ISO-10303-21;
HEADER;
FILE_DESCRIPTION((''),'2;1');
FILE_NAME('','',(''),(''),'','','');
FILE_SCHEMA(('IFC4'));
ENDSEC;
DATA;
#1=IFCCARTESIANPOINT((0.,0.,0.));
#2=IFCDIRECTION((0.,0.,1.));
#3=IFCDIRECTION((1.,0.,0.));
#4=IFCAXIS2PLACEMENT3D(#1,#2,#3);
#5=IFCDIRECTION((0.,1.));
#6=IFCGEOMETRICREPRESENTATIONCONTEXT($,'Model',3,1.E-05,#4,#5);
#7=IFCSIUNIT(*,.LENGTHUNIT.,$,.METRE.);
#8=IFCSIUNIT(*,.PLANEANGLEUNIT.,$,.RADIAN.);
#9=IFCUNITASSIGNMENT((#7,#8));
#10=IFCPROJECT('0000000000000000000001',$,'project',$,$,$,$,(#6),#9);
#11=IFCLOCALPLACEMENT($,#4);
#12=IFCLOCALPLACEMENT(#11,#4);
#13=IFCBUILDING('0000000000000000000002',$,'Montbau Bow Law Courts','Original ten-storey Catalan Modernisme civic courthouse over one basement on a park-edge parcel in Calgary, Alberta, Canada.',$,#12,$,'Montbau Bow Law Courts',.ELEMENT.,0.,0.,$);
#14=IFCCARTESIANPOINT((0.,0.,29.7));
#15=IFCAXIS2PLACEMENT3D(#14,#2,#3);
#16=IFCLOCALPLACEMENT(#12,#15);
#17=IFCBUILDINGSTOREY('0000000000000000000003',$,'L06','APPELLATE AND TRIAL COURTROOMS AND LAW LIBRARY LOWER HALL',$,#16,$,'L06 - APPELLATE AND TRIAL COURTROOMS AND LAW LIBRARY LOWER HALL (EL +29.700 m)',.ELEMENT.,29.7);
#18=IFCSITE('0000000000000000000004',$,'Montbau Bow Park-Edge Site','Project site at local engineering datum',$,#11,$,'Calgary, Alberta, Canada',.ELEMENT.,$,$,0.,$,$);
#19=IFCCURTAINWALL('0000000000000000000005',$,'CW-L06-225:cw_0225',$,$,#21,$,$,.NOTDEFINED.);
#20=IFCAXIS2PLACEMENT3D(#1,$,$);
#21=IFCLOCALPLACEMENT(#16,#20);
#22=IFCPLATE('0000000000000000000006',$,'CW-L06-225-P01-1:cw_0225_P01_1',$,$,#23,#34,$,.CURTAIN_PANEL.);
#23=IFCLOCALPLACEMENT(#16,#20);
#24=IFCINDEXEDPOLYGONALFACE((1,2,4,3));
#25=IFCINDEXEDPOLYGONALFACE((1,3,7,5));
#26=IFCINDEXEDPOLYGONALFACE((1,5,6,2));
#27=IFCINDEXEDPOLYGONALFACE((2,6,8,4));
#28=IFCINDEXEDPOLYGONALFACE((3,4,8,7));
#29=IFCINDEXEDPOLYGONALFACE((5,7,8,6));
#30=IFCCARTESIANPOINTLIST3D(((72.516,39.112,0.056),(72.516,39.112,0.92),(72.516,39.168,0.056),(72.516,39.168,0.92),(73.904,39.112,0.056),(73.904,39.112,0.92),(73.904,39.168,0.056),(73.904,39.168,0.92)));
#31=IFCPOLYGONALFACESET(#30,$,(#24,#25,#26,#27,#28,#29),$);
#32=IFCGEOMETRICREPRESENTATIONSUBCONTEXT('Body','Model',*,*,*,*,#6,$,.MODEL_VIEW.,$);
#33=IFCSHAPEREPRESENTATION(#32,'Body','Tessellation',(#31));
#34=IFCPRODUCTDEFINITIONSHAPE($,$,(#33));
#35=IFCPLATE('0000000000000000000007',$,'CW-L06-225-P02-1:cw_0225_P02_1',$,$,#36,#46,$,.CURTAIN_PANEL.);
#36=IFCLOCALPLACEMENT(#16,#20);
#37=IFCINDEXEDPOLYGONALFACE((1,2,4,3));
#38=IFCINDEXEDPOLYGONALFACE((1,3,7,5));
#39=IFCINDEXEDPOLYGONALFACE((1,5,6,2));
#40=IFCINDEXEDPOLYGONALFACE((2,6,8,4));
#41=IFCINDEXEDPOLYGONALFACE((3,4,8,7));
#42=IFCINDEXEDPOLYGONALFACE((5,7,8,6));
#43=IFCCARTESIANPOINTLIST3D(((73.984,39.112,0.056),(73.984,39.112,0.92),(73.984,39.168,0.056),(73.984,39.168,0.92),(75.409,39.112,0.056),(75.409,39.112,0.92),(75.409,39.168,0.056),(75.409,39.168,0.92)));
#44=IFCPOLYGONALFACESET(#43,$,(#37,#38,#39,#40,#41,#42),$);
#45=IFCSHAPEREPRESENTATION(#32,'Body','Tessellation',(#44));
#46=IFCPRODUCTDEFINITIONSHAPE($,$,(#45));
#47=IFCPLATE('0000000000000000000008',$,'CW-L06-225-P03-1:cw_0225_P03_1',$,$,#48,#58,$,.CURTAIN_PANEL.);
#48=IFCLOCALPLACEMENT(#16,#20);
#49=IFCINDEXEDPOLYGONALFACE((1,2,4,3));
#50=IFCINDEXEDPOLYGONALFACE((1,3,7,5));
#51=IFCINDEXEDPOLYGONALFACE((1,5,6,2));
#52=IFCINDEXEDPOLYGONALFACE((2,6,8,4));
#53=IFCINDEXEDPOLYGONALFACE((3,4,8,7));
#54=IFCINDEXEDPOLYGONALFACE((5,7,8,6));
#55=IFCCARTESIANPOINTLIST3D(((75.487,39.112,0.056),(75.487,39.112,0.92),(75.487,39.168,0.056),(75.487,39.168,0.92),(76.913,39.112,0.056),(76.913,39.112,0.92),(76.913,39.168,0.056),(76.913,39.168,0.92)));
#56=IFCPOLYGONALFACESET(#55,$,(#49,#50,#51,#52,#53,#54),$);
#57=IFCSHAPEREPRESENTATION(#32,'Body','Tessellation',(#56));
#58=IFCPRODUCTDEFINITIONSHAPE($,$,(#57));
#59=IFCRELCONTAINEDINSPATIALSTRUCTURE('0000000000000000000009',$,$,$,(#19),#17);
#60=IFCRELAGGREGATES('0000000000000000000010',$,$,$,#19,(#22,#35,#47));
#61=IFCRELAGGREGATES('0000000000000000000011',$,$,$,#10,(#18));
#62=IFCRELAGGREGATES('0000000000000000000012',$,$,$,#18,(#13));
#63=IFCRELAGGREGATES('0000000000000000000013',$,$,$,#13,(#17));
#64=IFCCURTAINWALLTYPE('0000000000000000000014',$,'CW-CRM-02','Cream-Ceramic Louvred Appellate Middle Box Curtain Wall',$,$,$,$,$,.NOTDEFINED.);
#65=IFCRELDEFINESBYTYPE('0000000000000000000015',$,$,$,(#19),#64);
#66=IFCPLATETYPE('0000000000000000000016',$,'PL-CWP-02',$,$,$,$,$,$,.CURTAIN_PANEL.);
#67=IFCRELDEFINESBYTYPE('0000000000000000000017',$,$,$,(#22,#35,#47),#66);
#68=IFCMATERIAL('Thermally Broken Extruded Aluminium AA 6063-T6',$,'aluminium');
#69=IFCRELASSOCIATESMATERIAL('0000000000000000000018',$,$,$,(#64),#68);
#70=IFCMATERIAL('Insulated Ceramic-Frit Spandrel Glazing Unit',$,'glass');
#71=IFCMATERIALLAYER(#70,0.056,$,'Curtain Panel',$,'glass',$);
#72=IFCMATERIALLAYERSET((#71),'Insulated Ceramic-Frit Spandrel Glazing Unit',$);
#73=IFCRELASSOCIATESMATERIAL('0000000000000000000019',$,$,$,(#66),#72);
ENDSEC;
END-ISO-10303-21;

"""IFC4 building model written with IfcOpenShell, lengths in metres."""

from ifc_helpers import new_model, si_unit, direction, frame, frame_2d, origin_with_axes, place, context, subcontext, project, spatial, rectangle, extrude, material, layer, layer_set, type_object, element, aggregate, save


model = new_model("IFC4")

# Units and contexts
model_context = context("Model", 3, precision=1e-05, world=origin_with_axes(), true_north=direction((0.0, 1.0)))
body_context = subcontext(model_context, "Body", "Model", "MODEL_VIEW")
ifc_project = project(units=[si_unit("LENGTHUNIT", "METRE"), si_unit("PLANEANGLEUNIT", "RADIAN")], contexts=[model_context])

# Site, building, storey
site_placement = place(None, origin_with_axes())
site = spatial("IfcSite", under=ifc_project, at=site_placement, Name="Montbau Bow Park-Edge Site", Description="Project site at local engineering datum", LongName="Calgary, Alberta, Canada", CompositionType="ELEMENT", RefElevation=0.0)
building_placement = place(site_placement, origin_with_axes())
building = spatial("IfcBuilding", under=site, at=building_placement, Name="Montbau Bow Law Courts", Description="Original ten-storey Catalan Modernisme civic courthouse over one basement on a park-edge parcel in Calgary, Alberta, Canada.", LongName="Montbau Bow Law Courts", CompositionType="ELEMENT", ElevationOfRefHeight=0.0, ElevationOfTerrain=0.0)
storey_placement = place(building_placement, frame((0.0, 0.0, 29.7), z_axis=(0.0, 0.0, 1.0), x_axis=(1.0, 0.0, 0.0)))
storey = spatial("IfcBuildingStorey", under=building, at=storey_placement, Name="L06", Description="APPELLATE AND TRIAL COURTROOMS AND LAW LIBRARY LOWER HALL", LongName="L06 - APPELLATE AND TRIAL COURTROOMS AND LAW LIBRARY LOWER HALL (EL +29.700 m)", CompositionType="ELEMENT", Elevation=29.7)

# Curtain wall
ifc_material_1 = material(Name="Thermally Broken Extruded Aluminium AA 6063-T6", Category="aluminium")
curtain_wall_type = type_object("IfcCurtainWallType", Name="CW-CRM-02", Description="Cream-Ceramic Louvred Appellate Middle Box Curtain Wall", PredefinedType="NOTDEFINED", material=ifc_material_1)
curtain_wall_1_placement = place(None, frame((72.44, 39.14, 29.7), z_axis=(0.0, 0.0, 1.0), x_axis=(1.0, 0.0, 0.0)))
curtain_wall_1 = element("IfcCurtainWall", 1, at=curtain_wall_1_placement, inside=storey, type_object=curtain_wall_type, Name="CW-L06-225:cw_0225", PredefinedType="NOTDEFINED")

# Plates
ifc_material_2 = material(Name="Insulated Ceramic-Frit Spandrel Glazing Unit", Category="glass")
ifc_layer_1 = layer(ifc_material_2, 0.056, Name="Curtain Panel", Category="glass")
ifc_layer_set_1 = layer_set([ifc_layer_1], Name="Insulated Ceramic-Frit Spandrel Glazing Unit")
plate_type_1 = type_object("IfcPlateType", Name="PL-CWP-02", PredefinedType="CURTAIN_PANEL", material=ifc_layer_set_1)
plate_1_placement = place(None, frame((72.516, 39.14, 29.756), z_axis=(0.0, -1.0, 0.0), x_axis=(1.0, 0.0, 0.0)))
plate_1 = element("IfcPlate", 2, at=plate_1_placement, type_object=plate_type_1, Name="CW-L06-225-P01-1:cw_0225_P01_1", PredefinedType="CURTAIN_PANEL", context=body_context, shape_type="SweptSolid", body=[
    extrude(rectangle(XDim=1.388, YDim=0.864, at=frame_2d((0.694, 0.432), x_axis=(1.0, 0.0))), frame((0.0, 0.0, -0.028), z_axis=(0.0, 0.0, 1.0), x_axis=(1.0, 0.0, 0.0)), (0.0, 0.0, 1.0), 0.056),
])
plate_2_placement = place(None, frame((73.984, 39.14, 29.756), z_axis=(0.0, -1.0, 0.0), x_axis=(1.0, 0.0, 0.0)))
plate_2 = element("IfcPlate", 3, at=plate_2_placement, type_object=plate_type_1, Name="CW-L06-225-P02-1:cw_0225_P02_1", PredefinedType="CURTAIN_PANEL", context=body_context, shape_type="SweptSolid", body=[
    extrude(rectangle(XDim=1.425, YDim=0.864, at=frame_2d((0.7125, 0.432), x_axis=(1.0, 0.0))), frame((0.0, 0.0, -0.028), z_axis=(0.0, 0.0, 1.0), x_axis=(1.0, 0.0, 0.0)), (0.0, 0.0, 1.0), 0.056),
])
plate_3_placement = place(None, frame((75.487, 39.14, 29.756), z_axis=(0.0, -1.0, 0.0), x_axis=(1.0, 0.0, 0.0)))
plate_3 = element("IfcPlate", 4, at=plate_3_placement, type_object=plate_type_1, Name="CW-L06-225-P03-1:cw_0225_P03_1", PredefinedType="CURTAIN_PANEL", context=body_context, shape_type="SweptSolid", body=[
    extrude(rectangle(XDim=1.426, YDim=0.864, at=frame_2d((0.713, 0.432), x_axis=(1.0, 0.0))), frame((0.0, 0.0, -0.028), z_axis=(0.0, 0.0, 1.0), x_axis=(1.0, 0.0, 0.0)), (0.0, 0.0, 1.0), 0.056),
])
aggregate(curtain_wall_1, [plate_1, plate_2, plate_3])

save(model, "model.ifc")
